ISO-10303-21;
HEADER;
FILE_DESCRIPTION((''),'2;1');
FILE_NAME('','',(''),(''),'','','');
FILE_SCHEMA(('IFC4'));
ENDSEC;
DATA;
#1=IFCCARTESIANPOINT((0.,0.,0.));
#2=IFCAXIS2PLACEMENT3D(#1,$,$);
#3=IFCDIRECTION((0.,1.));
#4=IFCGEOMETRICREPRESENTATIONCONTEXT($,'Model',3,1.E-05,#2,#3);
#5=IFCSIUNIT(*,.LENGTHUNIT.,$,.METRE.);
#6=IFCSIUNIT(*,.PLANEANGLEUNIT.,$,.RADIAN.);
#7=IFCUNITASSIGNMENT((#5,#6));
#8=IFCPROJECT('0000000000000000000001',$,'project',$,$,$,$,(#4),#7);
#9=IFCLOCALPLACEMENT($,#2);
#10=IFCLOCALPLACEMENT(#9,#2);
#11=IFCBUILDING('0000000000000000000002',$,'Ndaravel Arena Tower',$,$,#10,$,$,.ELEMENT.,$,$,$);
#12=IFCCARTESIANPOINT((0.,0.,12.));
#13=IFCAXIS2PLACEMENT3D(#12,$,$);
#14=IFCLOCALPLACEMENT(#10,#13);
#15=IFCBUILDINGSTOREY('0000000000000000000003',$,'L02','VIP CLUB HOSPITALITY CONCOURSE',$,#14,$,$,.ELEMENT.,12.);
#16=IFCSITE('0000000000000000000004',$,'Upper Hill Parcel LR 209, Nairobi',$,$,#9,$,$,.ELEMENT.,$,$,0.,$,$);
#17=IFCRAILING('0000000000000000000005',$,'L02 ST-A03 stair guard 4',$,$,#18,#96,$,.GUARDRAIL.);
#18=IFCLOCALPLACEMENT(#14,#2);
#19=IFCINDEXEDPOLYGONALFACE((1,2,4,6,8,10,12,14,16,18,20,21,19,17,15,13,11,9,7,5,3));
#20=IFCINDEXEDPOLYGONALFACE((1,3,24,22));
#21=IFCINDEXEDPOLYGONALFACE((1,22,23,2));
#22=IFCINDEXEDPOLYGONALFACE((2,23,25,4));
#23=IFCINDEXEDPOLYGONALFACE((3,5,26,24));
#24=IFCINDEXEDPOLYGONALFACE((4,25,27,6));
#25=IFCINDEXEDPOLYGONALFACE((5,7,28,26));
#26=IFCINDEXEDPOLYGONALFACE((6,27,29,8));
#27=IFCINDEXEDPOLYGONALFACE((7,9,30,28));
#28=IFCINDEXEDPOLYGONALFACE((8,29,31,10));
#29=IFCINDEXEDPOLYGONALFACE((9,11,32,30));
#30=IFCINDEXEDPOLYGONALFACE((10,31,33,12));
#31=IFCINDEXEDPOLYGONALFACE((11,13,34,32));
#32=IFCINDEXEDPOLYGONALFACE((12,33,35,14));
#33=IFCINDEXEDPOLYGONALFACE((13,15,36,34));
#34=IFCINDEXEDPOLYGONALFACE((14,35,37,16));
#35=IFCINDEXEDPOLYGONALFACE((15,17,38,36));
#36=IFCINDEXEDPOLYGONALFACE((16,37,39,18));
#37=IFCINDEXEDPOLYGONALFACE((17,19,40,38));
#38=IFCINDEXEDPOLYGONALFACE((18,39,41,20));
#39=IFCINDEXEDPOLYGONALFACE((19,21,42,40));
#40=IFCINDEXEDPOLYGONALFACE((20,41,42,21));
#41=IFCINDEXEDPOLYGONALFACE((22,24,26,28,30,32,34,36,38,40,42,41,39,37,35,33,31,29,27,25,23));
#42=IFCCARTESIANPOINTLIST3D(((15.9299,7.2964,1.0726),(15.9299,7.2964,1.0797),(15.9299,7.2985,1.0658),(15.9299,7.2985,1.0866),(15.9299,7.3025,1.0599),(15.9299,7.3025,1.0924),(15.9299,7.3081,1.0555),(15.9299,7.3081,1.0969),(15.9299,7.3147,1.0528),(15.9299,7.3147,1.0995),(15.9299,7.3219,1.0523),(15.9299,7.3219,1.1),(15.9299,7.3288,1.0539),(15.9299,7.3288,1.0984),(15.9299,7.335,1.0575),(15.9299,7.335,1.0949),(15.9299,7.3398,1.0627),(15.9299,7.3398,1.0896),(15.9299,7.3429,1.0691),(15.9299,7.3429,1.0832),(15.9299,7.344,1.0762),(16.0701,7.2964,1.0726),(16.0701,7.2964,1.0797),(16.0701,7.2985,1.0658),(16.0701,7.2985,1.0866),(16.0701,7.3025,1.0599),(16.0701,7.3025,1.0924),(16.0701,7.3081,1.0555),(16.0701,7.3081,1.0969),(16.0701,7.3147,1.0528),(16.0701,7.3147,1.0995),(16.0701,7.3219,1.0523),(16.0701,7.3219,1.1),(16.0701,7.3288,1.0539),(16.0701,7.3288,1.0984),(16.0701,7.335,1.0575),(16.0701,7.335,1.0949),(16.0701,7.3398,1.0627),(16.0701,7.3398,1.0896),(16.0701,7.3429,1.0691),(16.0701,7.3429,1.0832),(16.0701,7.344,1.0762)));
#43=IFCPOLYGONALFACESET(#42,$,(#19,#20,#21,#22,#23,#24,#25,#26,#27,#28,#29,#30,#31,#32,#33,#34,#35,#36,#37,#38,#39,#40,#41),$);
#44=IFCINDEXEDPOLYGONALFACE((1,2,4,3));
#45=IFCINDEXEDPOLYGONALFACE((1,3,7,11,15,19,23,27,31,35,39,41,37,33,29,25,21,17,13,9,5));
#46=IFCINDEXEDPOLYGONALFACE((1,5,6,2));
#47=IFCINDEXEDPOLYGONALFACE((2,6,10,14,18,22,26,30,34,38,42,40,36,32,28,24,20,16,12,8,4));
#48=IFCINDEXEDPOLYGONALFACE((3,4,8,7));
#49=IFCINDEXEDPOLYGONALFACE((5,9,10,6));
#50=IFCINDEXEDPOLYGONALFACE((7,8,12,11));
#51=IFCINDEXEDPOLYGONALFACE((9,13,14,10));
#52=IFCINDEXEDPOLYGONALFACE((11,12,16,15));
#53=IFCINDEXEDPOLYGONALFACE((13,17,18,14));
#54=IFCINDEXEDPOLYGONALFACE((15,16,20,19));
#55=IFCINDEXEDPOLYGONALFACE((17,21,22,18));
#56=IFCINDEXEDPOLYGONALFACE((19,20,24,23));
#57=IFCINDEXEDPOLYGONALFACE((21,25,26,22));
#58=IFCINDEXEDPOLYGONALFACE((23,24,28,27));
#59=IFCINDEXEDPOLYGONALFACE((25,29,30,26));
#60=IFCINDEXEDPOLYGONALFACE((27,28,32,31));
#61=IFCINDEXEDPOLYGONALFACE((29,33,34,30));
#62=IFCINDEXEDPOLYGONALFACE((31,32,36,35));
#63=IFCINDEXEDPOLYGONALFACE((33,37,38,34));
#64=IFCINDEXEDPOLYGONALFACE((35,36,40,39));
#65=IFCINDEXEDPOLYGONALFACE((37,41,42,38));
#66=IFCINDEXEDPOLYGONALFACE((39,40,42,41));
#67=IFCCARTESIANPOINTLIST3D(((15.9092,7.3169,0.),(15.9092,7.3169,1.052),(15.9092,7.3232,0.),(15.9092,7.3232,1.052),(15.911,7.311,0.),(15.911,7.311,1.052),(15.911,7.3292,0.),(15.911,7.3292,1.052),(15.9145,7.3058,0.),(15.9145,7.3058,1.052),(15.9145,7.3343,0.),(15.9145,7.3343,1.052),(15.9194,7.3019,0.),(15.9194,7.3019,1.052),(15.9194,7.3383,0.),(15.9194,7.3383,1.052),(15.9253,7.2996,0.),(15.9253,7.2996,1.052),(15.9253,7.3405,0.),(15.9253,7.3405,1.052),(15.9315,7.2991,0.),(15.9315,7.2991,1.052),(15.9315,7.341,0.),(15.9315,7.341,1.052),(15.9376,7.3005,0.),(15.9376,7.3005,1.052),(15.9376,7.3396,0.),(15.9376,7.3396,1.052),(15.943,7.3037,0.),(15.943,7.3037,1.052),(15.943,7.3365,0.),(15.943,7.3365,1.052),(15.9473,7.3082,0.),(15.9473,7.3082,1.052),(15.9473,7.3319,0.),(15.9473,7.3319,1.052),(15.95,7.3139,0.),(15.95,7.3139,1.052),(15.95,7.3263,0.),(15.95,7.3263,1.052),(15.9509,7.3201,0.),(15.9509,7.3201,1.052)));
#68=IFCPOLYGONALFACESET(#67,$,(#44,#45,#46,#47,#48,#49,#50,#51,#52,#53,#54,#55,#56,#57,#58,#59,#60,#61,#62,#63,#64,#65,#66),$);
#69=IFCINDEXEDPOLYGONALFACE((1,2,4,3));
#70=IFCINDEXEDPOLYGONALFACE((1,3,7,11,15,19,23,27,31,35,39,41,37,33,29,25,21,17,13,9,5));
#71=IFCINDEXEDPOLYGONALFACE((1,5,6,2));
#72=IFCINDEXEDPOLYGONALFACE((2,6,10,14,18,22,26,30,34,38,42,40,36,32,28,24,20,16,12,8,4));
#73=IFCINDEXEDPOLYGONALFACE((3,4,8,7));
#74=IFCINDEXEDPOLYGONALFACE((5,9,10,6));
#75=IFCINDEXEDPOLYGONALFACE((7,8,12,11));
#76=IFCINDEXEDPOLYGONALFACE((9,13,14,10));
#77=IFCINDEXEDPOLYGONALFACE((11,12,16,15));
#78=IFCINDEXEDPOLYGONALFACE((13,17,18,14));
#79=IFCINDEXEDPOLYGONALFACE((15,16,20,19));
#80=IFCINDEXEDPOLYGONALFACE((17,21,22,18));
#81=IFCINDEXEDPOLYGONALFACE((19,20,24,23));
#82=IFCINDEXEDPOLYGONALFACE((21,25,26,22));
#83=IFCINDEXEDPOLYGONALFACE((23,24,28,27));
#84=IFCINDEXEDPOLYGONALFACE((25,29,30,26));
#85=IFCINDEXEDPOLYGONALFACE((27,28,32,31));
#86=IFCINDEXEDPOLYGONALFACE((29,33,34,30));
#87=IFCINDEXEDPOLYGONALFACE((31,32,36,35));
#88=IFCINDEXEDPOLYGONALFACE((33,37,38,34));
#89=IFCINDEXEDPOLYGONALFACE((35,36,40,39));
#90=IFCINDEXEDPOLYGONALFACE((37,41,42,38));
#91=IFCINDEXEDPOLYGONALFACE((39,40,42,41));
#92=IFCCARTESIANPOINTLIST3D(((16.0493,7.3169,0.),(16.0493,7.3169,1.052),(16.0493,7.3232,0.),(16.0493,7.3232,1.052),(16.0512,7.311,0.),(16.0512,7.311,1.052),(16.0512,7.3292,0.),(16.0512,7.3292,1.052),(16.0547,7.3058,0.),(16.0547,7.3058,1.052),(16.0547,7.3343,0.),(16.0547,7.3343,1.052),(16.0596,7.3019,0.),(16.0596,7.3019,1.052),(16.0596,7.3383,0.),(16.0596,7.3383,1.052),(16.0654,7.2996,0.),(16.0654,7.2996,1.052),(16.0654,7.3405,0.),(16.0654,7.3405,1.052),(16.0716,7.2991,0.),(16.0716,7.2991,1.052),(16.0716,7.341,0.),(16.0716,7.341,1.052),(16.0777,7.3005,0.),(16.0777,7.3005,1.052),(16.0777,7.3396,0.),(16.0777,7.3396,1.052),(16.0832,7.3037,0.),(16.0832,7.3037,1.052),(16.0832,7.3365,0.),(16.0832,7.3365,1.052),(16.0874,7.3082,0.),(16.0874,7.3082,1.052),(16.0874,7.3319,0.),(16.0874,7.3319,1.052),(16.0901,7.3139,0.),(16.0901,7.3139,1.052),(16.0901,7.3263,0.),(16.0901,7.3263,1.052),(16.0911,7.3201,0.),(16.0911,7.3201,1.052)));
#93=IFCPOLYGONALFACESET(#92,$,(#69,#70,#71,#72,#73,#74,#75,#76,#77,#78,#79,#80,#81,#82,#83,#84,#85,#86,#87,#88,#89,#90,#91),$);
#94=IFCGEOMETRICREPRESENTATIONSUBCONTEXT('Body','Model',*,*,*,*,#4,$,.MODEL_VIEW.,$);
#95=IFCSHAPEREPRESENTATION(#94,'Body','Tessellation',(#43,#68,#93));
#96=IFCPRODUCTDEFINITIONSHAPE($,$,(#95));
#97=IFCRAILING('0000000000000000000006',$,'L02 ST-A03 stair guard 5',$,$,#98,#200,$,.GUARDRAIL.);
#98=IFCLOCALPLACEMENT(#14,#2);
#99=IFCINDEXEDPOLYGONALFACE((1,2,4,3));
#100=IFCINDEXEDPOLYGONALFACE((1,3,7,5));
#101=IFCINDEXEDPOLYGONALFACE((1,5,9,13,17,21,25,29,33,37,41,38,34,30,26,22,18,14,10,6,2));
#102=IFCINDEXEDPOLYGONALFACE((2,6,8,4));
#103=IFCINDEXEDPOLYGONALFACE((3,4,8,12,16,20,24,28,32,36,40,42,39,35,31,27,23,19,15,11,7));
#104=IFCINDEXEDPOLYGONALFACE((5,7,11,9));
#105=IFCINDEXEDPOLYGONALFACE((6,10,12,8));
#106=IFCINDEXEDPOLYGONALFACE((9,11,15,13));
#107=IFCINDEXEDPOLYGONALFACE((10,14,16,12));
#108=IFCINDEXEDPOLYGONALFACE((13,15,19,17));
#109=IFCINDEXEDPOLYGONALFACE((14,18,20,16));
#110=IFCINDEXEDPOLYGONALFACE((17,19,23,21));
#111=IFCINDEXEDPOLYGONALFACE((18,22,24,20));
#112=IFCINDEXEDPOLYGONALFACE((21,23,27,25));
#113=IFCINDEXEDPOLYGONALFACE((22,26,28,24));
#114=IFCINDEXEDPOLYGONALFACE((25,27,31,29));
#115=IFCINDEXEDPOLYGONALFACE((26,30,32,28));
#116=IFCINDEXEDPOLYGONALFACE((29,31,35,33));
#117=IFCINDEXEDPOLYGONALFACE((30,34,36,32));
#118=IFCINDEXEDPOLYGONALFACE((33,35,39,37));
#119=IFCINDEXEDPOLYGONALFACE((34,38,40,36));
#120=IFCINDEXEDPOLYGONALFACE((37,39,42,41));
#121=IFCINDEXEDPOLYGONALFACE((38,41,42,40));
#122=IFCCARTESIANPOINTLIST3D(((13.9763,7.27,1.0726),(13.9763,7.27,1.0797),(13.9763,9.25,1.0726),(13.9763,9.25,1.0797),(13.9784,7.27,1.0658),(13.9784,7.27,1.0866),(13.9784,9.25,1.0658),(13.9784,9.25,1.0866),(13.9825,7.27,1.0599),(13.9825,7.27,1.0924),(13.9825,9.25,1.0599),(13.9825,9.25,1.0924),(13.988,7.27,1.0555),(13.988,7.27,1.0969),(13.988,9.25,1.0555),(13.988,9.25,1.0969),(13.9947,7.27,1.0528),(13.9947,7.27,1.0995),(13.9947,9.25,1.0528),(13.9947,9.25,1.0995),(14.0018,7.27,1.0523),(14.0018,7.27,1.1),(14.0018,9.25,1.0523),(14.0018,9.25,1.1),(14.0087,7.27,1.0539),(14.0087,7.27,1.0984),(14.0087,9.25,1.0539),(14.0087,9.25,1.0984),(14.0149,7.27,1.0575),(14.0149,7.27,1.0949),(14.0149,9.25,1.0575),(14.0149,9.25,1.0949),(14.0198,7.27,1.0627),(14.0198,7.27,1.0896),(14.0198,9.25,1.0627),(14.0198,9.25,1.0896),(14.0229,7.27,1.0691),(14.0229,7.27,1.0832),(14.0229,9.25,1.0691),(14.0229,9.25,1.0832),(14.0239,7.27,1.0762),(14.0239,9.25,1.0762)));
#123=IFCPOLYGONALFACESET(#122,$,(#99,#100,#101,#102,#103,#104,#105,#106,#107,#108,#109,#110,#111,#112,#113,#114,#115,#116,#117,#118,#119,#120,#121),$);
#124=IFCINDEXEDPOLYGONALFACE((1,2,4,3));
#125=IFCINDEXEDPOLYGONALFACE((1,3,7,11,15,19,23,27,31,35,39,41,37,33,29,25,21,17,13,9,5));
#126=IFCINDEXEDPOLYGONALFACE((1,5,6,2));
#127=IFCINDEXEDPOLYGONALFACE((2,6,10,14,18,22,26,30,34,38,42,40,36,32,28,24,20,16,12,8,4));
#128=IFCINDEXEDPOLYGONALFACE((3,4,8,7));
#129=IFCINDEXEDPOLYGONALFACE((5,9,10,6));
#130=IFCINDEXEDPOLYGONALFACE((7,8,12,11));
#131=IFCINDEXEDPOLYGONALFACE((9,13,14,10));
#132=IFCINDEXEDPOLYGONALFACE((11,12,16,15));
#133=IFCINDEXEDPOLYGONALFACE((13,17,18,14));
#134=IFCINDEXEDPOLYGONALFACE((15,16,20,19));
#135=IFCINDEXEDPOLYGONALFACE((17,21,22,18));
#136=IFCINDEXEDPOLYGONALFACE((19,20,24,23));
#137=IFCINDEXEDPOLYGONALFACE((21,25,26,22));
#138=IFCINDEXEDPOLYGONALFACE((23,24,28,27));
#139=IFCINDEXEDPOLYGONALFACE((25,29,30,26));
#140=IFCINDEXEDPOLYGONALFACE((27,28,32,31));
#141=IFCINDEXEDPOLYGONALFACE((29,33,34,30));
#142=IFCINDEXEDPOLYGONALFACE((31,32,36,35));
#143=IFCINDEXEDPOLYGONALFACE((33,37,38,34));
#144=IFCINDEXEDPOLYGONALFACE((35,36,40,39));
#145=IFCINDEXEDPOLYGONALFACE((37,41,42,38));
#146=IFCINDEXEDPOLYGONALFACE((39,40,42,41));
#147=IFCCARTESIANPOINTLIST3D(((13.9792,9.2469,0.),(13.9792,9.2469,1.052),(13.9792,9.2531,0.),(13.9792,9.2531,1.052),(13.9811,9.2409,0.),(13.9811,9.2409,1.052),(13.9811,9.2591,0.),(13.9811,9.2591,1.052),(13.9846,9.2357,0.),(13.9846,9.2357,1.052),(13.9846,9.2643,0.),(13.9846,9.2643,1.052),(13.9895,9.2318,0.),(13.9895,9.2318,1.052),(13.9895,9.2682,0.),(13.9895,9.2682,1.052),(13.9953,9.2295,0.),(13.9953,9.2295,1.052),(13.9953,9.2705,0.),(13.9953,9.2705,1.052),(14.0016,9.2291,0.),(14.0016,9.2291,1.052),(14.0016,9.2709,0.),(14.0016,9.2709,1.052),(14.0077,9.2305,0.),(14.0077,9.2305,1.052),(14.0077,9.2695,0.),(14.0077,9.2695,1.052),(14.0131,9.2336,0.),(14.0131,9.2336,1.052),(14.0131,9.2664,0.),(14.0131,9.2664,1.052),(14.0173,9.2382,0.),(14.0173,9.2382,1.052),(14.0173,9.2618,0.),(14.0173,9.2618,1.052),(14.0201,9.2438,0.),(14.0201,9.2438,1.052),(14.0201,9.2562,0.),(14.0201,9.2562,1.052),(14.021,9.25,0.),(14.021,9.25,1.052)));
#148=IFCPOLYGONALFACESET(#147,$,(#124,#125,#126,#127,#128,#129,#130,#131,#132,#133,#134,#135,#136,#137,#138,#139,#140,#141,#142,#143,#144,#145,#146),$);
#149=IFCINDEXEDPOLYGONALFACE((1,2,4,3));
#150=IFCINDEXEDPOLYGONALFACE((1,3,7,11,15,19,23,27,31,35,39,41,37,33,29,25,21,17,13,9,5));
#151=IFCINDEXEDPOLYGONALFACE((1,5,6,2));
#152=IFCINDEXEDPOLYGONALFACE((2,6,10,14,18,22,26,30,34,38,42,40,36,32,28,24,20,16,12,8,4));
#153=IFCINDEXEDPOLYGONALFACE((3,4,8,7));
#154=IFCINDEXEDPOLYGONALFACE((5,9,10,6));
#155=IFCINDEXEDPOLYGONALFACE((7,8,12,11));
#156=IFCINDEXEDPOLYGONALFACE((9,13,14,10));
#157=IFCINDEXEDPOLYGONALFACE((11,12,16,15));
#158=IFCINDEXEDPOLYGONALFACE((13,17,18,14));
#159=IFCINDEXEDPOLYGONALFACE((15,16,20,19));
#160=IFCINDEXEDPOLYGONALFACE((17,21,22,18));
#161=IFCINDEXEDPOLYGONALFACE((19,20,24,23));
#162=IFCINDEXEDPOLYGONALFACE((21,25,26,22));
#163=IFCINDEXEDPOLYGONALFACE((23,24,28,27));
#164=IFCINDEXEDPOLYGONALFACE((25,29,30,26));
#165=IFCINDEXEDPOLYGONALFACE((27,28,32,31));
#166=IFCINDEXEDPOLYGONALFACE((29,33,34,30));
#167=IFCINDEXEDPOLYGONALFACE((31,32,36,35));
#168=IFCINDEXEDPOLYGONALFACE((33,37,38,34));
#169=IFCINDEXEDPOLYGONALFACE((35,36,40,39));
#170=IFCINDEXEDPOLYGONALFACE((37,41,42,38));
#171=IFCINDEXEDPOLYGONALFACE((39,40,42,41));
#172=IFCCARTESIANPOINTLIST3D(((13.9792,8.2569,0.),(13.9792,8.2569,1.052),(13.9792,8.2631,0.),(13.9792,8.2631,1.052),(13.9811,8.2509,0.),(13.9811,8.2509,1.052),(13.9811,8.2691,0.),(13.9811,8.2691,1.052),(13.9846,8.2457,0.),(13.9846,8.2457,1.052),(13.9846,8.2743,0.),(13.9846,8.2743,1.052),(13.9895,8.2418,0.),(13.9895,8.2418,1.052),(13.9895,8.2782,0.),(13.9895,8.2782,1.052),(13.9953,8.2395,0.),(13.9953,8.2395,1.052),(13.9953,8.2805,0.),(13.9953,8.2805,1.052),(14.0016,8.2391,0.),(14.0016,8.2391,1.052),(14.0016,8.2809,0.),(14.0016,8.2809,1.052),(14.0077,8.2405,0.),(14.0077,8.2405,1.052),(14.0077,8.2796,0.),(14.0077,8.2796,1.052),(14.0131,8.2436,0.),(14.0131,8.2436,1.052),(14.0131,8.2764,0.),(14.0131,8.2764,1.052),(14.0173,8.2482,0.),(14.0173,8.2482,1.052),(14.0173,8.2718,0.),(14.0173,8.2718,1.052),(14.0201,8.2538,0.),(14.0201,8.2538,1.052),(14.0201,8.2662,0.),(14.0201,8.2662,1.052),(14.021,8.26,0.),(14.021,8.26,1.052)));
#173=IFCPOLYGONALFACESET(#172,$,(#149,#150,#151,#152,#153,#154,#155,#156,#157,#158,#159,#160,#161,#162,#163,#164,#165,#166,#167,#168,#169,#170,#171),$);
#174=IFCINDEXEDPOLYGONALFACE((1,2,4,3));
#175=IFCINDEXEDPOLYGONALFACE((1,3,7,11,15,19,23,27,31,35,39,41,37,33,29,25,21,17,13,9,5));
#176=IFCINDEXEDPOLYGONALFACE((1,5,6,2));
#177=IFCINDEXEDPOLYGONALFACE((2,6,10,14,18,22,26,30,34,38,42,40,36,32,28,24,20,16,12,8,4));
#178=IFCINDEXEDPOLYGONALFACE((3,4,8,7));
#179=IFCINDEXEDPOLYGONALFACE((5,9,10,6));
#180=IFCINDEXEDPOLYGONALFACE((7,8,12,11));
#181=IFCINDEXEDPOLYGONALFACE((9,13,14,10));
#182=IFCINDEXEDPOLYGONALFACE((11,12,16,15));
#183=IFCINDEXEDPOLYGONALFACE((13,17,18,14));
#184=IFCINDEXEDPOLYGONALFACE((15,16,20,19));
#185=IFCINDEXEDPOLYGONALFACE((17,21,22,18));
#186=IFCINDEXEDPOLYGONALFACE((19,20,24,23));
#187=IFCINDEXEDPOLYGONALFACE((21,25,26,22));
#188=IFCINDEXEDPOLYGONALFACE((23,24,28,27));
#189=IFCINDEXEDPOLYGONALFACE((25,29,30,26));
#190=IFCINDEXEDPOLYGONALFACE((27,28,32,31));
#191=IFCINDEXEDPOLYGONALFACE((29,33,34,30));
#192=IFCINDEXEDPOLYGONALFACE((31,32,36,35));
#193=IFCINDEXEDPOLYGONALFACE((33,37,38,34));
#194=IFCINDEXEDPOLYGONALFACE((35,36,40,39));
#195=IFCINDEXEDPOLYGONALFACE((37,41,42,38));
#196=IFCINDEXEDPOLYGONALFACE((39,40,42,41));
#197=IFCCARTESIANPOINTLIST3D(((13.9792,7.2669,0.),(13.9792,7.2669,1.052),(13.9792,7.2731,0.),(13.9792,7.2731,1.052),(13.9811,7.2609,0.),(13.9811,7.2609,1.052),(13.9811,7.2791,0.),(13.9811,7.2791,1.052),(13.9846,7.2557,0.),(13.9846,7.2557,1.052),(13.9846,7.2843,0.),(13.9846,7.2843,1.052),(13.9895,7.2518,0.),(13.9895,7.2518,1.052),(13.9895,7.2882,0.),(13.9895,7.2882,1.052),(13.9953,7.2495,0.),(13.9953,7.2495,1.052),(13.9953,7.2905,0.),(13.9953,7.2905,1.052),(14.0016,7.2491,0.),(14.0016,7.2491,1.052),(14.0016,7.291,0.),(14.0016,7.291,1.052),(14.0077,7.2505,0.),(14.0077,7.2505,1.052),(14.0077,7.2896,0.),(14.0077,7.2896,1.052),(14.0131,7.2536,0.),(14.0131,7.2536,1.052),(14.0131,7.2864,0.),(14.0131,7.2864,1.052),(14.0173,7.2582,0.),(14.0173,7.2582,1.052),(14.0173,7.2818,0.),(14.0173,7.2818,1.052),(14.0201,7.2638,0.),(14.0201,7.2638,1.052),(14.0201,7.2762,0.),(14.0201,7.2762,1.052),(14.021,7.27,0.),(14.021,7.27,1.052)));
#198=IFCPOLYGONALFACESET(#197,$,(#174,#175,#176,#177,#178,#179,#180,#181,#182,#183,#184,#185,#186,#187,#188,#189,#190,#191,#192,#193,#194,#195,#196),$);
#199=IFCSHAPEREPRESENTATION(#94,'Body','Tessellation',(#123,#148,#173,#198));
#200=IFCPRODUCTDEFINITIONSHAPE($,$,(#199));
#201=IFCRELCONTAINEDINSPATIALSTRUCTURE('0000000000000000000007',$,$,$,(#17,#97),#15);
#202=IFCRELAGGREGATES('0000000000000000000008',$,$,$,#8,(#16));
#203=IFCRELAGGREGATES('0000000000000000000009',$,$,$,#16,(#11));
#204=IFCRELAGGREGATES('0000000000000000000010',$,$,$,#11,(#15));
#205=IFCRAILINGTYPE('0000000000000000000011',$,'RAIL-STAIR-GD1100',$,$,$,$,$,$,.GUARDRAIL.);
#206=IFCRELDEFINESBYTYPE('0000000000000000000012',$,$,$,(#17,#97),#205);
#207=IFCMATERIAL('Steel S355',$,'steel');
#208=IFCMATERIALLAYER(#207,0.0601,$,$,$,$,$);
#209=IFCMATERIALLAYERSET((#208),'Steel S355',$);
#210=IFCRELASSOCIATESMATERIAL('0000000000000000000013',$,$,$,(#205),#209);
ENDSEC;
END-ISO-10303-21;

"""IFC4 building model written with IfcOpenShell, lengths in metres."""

from ifc_helpers import new_model, si_unit, direction, frame, origin, origin_2d, place, context, subcontext, project, spatial, circle, extrude, material, layer, layer_set, type_object, element, save


model = new_model("IFC4")

# Units and contexts
model_context = context("Model", 3, precision=1e-05, world=origin(), true_north=direction((0.0, 1.0)))
body_context = subcontext(model_context, "Body", "Model", "MODEL_VIEW")
ifc_project = project(units=[si_unit("LENGTHUNIT", "METRE"), si_unit("PLANEANGLEUNIT", "RADIAN")], contexts=[model_context])

# Site, building, storey
site_placement = place(None, origin())
site = spatial("IfcSite", under=ifc_project, at=site_placement, Name="Upper Hill Parcel LR 209, Nairobi", CompositionType="ELEMENT", RefElevation=0.0)
building_placement = place(site_placement, origin())
building = spatial("IfcBuilding", under=site, at=building_placement, Name="Ndaravel Arena Tower", CompositionType="ELEMENT")
storey_placement = place(building_placement, frame((0.0, 0.0, 12.0)))
storey = spatial("IfcBuildingStorey", under=building, at=storey_placement, Name="L02", Description="VIP CLUB HOSPITALITY CONCOURSE", CompositionType="ELEMENT", Elevation=12.0)

# Railings
ifc_material_1 = material(Name="Steel S355", Category="steel")
ifc_layer_1 = layer(ifc_material_1, 0.0601)
ifc_layer_set_1 = layer_set([ifc_layer_1], Name="Steel S355")
railing_type_1 = type_object("IfcRailingType", Name="RAIL-STAIR-GD1100", PredefinedType="GUARDRAIL", material=ifc_layer_set_1)
railing_1_placement = place(storey_placement, frame((15.9299, 7.3201, 0.0)))
element("IfcRailing", 1, at=railing_1_placement, inside=storey, type_object=railing_type_1, Name="L02 ST-A03 stair guard 4", PredefinedType="GUARDRAIL", context=body_context, shape_type="SweptSolid", body=[
    extrude(circle(Radius=0.0239, at=origin_2d()), frame((0.0, 0.0, 1.0762), z_axis=(1.0, 0.0, 0.0), x_axis=(0.0, 1.0, 0.0)), (0.0, 0.0, 1.0), 0.1401),
    extrude(circle(Radius=0.021, at=origin_2d()), origin(), (0.0, 0.0, 1.0), 1.052),
    extrude(circle(Radius=0.021, at=origin_2d()), frame((0.1401, 0.0, 0.0)), (0.0, 0.0, 1.0), 1.052),
])
railing_2_placement = place(storey_placement, frame((14.0, 9.25, 0.0)))
element("IfcRailing", 2, at=railing_2_placement, inside=storey, type_object=railing_type_1, Name="L02 ST-A03 stair guard 5", PredefinedType="GUARDRAIL", context=body_context, shape_type="SweptSolid", body=[
    extrude(circle(Radius=0.0239, at=origin_2d()), frame((0.0, 0.0, 1.0762), z_axis=(0.0, -1.0, 0.0), x_axis=(1.0, 0.0, 0.0)), (0.0, 0.0, 1.0), 1.98),
    extrude(circle(Radius=0.021, at=origin_2d()), origin(), (0.0, 0.0, 1.0), 1.052),
    extrude(circle(Radius=0.021, at=origin_2d()), frame((0.0, -0.99, 0.0)), (0.0, 0.0, 1.0), 1.052),
    extrude(circle(Radius=0.021, at=origin_2d()), frame((0.0, -1.98, 0.0)), (0.0, 0.0, 1.0), 1.052),
])

save(model, "model.ifc")
